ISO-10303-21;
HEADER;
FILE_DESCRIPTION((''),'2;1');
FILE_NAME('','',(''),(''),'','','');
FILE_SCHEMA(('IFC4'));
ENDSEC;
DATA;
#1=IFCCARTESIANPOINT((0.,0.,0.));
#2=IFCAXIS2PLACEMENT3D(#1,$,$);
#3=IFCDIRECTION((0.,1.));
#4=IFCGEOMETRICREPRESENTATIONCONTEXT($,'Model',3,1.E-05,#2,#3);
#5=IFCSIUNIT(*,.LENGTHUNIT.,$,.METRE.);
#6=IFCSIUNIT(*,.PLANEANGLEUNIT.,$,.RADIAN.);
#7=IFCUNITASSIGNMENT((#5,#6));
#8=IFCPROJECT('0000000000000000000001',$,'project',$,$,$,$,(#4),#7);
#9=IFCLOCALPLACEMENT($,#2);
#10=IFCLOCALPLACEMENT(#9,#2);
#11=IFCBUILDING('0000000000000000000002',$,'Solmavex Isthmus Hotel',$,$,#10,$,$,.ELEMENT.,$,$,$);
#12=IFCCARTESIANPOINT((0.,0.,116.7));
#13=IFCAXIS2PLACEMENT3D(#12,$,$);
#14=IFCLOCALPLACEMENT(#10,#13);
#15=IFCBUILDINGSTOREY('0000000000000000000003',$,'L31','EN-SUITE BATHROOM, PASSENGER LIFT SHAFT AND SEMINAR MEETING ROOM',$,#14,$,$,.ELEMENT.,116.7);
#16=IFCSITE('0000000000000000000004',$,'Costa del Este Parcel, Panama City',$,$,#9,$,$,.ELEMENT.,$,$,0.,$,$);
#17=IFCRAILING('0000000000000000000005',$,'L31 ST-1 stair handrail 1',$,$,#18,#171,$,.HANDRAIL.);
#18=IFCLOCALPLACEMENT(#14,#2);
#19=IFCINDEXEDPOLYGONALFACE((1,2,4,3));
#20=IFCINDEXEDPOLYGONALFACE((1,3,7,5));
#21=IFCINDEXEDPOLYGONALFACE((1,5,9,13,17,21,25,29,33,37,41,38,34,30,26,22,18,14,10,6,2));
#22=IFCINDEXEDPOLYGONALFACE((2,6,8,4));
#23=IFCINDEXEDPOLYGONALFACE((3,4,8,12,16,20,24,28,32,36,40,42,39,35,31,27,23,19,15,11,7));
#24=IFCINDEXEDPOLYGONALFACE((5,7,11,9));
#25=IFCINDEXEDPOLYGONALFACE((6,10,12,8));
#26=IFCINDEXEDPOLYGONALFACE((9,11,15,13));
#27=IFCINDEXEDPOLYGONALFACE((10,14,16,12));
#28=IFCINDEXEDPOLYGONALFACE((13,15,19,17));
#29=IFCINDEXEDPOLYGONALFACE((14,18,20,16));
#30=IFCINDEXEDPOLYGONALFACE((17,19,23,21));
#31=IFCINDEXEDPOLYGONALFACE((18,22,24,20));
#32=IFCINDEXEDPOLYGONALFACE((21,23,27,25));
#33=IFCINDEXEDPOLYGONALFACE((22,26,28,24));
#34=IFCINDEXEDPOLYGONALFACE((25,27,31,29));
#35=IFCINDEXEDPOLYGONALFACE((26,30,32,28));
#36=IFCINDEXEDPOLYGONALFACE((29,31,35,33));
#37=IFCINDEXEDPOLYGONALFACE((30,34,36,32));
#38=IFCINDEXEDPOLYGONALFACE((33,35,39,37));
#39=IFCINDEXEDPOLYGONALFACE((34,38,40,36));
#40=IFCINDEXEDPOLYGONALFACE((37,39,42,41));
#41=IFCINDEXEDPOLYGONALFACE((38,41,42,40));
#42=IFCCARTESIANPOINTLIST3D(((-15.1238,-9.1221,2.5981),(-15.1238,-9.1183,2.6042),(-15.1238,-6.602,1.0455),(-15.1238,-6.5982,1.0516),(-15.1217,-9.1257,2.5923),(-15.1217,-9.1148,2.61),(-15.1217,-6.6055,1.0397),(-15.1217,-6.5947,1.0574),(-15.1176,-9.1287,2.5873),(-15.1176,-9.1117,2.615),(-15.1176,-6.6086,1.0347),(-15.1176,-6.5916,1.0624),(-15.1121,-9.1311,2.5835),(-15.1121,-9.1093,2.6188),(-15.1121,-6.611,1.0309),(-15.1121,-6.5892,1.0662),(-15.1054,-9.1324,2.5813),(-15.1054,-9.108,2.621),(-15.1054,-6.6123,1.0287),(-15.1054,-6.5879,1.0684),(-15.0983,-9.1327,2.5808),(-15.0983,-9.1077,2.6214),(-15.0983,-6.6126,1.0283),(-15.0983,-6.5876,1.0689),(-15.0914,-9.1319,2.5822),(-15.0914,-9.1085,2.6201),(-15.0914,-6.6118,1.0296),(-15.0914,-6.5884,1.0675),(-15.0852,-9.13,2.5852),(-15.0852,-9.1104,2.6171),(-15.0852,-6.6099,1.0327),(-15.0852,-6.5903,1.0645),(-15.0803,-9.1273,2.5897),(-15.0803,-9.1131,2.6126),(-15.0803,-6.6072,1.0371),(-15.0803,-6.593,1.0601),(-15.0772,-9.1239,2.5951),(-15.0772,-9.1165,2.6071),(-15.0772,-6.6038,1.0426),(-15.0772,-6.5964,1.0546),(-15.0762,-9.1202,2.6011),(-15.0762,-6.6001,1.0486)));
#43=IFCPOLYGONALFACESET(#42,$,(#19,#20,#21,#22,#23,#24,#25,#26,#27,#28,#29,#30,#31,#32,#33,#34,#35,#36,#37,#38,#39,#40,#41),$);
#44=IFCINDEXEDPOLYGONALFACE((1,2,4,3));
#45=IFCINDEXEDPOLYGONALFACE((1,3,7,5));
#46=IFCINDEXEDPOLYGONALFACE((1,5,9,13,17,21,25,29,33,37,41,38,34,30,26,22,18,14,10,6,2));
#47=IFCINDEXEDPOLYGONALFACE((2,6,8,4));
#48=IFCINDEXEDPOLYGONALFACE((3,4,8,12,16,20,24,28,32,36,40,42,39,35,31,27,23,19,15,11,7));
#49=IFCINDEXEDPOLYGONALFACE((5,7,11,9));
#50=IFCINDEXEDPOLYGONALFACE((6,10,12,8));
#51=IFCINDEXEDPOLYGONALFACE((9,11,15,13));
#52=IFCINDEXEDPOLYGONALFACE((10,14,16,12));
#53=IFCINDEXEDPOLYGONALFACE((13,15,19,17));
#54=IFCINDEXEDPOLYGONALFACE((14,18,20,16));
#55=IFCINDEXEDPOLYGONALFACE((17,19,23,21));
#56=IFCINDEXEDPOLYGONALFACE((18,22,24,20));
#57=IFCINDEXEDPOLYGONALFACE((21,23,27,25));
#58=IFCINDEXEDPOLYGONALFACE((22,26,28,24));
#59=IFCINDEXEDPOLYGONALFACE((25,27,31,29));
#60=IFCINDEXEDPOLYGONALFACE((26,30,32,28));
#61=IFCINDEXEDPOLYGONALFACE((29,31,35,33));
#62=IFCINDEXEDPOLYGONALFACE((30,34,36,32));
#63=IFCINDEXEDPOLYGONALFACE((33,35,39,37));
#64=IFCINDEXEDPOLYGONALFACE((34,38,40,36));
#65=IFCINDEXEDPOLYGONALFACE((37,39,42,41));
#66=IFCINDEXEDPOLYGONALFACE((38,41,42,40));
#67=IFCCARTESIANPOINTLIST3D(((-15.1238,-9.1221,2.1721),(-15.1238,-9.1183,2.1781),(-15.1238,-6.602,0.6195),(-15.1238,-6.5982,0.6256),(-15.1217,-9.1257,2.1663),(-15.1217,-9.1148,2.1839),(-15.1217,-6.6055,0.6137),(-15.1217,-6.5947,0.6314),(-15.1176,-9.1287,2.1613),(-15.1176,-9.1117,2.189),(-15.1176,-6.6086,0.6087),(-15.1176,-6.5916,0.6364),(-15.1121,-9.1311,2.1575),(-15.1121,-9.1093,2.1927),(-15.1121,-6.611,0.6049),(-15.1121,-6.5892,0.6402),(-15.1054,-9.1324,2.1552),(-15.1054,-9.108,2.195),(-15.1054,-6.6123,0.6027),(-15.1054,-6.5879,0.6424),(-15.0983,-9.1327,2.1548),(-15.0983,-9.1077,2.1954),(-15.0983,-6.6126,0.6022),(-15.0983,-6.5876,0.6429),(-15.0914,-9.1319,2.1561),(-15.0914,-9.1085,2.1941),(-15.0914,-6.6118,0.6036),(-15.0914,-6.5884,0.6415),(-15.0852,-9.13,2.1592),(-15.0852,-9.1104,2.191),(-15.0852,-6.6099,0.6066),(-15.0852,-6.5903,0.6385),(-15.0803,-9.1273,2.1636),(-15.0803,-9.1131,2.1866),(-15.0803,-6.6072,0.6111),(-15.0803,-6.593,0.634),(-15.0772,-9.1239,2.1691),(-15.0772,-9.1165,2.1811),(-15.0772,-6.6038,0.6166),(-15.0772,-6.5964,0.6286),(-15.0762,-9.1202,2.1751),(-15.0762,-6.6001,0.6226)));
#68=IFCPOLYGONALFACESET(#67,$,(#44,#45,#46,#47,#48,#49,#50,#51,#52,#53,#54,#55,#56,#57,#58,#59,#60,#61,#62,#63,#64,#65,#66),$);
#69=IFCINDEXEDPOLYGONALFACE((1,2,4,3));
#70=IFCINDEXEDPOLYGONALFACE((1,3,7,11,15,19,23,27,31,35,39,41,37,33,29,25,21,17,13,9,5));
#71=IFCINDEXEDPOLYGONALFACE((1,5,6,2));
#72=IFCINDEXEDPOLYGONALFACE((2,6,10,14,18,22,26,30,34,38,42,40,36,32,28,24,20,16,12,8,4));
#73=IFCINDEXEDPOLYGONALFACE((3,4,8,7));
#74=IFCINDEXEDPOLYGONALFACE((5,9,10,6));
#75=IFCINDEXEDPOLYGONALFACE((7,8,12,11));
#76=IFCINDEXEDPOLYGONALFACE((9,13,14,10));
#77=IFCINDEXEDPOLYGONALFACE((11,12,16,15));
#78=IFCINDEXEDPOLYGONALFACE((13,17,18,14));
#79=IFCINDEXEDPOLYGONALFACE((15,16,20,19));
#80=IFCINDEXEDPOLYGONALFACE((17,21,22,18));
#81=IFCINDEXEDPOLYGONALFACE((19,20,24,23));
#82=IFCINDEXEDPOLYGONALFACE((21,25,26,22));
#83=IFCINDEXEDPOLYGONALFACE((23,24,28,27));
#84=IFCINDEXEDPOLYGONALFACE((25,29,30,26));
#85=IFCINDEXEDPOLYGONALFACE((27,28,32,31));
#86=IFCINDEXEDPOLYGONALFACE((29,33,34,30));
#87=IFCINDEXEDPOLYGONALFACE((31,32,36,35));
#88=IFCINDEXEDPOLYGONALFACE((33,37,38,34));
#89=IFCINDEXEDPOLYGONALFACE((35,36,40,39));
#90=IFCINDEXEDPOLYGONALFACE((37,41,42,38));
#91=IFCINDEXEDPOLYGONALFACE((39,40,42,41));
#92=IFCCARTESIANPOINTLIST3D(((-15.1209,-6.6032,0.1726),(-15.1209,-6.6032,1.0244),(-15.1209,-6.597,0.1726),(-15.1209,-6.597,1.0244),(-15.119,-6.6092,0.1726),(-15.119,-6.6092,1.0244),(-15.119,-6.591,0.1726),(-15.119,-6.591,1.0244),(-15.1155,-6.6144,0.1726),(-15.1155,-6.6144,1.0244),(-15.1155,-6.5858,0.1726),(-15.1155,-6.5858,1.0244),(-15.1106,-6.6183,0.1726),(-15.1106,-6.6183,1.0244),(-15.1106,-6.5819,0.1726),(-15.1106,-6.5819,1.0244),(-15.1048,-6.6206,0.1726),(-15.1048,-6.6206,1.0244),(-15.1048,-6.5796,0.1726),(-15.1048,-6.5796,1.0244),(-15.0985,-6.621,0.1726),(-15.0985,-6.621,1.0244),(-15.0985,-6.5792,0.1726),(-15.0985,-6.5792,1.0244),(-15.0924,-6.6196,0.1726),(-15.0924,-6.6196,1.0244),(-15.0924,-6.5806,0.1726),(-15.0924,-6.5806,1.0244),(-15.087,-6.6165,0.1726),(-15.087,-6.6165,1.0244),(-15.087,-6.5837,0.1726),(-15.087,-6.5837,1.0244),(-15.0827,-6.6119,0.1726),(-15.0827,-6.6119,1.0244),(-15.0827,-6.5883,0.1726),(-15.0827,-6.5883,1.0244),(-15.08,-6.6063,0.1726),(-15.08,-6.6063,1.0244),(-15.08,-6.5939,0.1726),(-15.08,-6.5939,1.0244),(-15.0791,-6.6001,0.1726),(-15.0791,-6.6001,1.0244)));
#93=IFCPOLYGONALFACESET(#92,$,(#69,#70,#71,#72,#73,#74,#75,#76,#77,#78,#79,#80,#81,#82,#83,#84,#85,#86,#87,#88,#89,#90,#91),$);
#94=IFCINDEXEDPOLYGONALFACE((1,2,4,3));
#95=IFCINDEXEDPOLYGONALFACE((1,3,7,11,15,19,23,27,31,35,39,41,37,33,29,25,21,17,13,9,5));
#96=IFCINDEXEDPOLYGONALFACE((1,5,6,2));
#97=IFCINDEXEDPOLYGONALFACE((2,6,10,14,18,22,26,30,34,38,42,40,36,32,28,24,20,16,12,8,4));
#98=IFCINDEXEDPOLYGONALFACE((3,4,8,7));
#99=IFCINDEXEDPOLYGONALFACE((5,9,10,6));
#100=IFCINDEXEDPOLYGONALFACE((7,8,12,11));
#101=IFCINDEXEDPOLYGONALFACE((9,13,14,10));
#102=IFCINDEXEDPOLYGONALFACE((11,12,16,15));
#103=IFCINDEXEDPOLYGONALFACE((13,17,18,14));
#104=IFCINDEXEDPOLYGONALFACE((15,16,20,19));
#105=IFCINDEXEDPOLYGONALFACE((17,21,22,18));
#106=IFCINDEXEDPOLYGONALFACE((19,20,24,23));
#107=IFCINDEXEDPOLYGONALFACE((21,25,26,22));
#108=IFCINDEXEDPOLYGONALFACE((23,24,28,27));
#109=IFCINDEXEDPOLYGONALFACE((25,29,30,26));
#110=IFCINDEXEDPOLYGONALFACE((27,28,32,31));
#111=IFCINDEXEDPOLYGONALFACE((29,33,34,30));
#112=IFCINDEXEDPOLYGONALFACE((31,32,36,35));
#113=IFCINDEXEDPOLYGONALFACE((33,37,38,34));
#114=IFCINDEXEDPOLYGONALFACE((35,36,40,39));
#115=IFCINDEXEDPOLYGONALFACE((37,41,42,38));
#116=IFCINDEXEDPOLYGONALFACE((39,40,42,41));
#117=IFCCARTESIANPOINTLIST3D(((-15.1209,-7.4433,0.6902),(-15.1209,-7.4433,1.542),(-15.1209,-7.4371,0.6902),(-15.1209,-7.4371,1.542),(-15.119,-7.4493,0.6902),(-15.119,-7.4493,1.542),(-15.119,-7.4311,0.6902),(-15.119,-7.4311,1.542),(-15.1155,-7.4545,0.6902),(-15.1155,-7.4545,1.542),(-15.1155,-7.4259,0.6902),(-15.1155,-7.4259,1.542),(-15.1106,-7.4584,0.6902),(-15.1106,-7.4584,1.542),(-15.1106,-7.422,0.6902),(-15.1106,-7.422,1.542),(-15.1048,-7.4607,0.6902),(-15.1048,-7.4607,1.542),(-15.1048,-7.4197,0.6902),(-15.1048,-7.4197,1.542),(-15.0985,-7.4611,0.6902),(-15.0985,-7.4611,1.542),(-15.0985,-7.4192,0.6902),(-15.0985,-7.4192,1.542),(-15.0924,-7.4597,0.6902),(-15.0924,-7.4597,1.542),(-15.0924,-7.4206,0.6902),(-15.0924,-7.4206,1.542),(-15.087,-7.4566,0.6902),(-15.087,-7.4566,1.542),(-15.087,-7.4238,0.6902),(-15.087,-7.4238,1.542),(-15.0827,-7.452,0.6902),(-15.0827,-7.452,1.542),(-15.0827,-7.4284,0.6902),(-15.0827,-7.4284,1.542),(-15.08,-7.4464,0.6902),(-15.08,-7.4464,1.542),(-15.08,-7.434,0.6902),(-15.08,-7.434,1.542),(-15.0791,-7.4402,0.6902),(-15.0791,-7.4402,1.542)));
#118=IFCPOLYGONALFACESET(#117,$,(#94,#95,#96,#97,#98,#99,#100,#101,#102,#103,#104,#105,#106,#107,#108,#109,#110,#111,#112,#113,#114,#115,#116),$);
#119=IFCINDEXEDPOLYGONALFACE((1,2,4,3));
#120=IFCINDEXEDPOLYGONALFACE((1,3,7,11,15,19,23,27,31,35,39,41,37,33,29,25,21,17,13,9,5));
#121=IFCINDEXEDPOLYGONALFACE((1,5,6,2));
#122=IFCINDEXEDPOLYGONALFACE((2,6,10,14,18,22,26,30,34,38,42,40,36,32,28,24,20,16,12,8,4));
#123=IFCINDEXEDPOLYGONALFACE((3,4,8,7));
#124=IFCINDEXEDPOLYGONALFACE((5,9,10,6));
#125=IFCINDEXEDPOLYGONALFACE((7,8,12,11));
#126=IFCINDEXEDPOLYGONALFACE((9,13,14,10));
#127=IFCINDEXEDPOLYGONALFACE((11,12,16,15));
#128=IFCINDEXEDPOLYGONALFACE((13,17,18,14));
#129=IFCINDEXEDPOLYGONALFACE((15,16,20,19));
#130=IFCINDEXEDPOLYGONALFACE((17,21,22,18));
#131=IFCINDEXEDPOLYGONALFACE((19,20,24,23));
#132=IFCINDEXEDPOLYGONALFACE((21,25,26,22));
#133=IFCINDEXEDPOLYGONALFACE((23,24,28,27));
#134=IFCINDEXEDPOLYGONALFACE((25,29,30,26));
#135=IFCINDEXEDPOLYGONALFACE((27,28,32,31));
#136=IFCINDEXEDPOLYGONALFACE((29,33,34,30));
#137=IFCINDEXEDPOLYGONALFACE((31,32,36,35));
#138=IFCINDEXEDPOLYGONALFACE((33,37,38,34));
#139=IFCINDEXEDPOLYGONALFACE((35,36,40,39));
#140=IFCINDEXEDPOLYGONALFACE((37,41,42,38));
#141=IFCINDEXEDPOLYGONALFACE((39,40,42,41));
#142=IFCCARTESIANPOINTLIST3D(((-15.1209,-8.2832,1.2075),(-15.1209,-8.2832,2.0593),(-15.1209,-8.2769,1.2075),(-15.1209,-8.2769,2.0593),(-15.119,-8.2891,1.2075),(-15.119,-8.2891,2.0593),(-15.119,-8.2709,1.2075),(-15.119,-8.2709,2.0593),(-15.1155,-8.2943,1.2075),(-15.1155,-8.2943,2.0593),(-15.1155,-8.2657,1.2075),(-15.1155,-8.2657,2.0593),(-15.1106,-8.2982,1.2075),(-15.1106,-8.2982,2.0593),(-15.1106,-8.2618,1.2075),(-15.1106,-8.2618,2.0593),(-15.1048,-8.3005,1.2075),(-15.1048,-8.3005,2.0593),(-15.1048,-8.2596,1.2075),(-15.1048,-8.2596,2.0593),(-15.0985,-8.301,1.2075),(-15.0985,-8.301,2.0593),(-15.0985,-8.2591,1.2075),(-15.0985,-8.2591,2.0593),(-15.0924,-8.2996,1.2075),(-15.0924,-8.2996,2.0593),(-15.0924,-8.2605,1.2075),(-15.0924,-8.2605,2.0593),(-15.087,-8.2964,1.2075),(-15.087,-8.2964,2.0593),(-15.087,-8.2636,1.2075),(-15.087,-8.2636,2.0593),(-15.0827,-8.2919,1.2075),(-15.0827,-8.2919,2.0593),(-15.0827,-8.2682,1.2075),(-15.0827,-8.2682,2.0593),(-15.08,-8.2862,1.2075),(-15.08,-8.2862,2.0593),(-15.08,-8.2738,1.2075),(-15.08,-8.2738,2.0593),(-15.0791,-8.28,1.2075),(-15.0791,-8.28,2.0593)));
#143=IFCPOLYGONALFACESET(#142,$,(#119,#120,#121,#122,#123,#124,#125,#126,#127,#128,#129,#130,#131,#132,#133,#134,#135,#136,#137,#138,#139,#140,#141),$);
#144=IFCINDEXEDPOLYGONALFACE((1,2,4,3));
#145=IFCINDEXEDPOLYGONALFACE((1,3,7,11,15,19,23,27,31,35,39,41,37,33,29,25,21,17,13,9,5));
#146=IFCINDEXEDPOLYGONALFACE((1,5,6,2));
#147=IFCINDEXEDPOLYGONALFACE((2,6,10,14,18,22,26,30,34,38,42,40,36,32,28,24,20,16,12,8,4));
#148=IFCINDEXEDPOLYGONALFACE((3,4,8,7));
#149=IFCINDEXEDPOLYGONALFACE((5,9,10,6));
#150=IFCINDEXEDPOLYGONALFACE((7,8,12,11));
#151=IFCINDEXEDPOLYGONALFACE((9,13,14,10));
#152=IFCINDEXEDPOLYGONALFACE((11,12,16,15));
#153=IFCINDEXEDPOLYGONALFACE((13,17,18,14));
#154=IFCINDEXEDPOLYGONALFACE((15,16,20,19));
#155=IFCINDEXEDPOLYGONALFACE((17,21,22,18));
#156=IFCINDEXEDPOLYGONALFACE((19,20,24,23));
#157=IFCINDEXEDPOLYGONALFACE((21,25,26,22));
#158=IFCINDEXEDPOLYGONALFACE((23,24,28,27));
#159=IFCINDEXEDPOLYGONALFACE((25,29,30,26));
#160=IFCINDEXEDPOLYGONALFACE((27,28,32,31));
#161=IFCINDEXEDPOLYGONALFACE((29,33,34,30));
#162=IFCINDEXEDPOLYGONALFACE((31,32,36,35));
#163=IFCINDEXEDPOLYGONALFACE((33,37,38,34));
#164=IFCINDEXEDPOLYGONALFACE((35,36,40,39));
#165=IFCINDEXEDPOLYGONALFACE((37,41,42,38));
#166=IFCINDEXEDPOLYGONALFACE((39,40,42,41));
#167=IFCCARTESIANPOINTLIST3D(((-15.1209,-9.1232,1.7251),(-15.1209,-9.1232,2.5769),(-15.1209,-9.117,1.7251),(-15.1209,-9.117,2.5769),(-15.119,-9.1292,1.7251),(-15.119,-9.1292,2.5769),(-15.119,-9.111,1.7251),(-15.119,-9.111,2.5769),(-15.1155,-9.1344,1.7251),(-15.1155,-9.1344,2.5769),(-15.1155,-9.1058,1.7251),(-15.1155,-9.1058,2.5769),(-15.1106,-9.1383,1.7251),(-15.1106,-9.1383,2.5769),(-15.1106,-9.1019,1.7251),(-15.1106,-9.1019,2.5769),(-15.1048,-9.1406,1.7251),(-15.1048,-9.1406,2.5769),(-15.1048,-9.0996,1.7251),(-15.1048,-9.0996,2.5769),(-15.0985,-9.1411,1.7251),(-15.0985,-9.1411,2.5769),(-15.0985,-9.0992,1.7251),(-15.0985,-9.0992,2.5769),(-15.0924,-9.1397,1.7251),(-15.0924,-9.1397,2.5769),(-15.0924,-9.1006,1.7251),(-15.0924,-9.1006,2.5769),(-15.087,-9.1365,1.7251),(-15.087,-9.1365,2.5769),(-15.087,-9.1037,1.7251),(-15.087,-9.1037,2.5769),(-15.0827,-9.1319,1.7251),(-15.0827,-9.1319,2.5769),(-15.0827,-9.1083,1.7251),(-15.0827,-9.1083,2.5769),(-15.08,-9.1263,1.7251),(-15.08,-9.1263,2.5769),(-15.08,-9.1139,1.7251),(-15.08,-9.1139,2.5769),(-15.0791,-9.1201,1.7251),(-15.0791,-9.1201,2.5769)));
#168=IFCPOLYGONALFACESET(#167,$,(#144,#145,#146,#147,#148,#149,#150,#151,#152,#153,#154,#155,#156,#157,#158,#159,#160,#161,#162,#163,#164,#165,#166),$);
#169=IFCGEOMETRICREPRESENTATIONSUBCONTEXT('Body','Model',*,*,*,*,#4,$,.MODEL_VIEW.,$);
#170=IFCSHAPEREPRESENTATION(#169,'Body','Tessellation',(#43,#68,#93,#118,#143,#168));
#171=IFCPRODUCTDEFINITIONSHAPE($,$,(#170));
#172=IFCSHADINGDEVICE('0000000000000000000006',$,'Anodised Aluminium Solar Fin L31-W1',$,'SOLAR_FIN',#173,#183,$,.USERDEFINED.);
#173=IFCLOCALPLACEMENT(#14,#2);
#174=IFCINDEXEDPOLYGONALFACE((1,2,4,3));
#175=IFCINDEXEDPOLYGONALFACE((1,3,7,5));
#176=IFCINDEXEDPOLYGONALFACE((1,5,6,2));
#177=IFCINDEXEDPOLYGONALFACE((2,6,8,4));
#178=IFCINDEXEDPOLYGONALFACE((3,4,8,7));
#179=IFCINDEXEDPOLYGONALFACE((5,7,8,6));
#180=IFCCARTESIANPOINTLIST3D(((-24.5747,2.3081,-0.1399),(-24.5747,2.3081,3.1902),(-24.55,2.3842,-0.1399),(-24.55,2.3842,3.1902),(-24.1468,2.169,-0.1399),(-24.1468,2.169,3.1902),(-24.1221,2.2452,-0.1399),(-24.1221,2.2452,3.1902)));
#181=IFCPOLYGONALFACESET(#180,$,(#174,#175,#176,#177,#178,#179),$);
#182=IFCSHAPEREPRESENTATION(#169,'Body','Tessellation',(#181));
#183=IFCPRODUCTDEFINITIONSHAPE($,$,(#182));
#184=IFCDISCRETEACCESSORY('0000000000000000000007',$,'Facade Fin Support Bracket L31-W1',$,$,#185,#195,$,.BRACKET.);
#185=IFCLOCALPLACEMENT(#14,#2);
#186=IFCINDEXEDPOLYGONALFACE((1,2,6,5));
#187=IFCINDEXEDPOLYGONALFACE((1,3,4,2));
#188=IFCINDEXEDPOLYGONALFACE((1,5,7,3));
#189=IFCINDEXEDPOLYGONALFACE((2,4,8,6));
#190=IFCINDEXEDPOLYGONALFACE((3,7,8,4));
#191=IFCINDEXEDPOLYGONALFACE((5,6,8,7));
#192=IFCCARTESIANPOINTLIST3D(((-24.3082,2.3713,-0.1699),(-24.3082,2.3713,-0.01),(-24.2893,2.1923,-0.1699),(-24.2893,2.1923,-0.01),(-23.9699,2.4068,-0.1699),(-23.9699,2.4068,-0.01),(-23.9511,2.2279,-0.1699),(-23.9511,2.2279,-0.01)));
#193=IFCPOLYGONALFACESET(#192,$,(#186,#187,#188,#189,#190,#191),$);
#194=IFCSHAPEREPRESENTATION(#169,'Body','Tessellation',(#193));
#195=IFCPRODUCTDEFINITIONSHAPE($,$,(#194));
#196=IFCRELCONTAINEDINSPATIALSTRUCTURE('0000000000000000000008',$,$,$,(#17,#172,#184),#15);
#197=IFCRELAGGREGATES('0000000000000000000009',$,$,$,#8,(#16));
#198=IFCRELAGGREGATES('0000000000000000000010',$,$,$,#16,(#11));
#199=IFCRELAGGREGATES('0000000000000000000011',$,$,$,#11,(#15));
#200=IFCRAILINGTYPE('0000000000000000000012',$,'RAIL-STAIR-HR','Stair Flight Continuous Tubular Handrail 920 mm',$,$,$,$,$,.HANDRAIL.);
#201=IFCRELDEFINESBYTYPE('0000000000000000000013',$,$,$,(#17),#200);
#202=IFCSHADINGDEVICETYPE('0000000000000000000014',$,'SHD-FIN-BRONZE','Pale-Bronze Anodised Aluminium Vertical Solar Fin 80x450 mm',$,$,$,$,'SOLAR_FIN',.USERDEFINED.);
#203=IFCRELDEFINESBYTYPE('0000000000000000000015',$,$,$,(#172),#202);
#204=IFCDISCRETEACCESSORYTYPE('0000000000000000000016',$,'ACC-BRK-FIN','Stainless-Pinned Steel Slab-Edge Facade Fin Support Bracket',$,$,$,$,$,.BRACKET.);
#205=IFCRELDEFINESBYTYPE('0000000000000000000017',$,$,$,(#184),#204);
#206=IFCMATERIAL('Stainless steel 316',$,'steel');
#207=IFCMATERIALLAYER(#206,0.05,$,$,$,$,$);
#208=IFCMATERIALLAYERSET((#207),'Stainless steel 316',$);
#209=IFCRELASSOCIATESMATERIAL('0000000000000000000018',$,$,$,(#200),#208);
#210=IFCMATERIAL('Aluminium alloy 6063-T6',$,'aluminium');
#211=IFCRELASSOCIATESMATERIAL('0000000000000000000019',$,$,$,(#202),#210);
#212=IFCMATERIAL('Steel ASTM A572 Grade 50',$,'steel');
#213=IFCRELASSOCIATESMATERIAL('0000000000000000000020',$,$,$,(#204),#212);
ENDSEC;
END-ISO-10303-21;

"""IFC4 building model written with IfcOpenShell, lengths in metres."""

from ifc_helpers import new_model, si_unit, direction, frame, origin, origin_2d, place, context, subcontext, project, spatial, rectangle, circle, extrude, material, layer, layer_set, type_object, element, save


model = new_model("IFC4")

# Units and contexts
model_context = context("Model", 3, precision=1e-05, world=origin(), true_north=direction((0.0, 1.0)))
body_context = subcontext(model_context, "Body", "Model", "MODEL_VIEW")
ifc_project = project(units=[si_unit("LENGTHUNIT", "METRE"), si_unit("PLANEANGLEUNIT", "RADIAN")], contexts=[model_context])

# Site, building, storey
site_placement = place(None, origin())
site = spatial("IfcSite", under=ifc_project, at=site_placement, Name="Costa del Este Parcel, Panama City", CompositionType="ELEMENT", RefElevation=0.0)
building_placement = place(site_placement, origin())
building = spatial("IfcBuilding", under=site, at=building_placement, Name="Solmavex Isthmus Hotel", CompositionType="ELEMENT")
storey_placement = place(building_placement, frame((0.0, 0.0, 116.7)))
storey = spatial("IfcBuildingStorey", under=building, at=storey_placement, Name="L31", Description="EN-SUITE BATHROOM, PASSENGER LIFT SHAFT AND SEMINAR MEETING ROOM", CompositionType="ELEMENT", Elevation=116.7)

# Shared definitions
ifc_material_1 = material(Name="Aluminium alloy 6063-T6", Category="aluminium")

# Railing
ifc_material_2 = material(Name="Stainless steel 316", Category="steel")
ifc_layer_1 = layer(ifc_material_2, 0.05)
ifc_layer_set_1 = layer_set([ifc_layer_1], Name="Stainless steel 316")
railing_type_1 = type_object("IfcRailingType", Name="RAIL-STAIR-HR", Description="Stair Flight Continuous Tubular Handrail 920 mm", PredefinedType="HANDRAIL", material=ifc_layer_set_1)
railing_1_placement = place(storey_placement, frame((-15.1001, -6.6001, 0.1726)))
element("IfcRailing", 1, at=railing_1_placement, inside=storey, type_object=railing_type_1, Name="L31 ST-1 stair handrail 1", PredefinedType="HANDRAIL", context=body_context, shape_type="SweptSolid", body=[
    extrude(circle(Radius=0.0239, at=origin_2d()), frame((0.0, 0.0, 0.876), z_axis=(0.0, -0.8514, 0.524516), x_axis=(1.0, 0.0, 0.0)), (0.0, 0.0, 1.0), 2.96),
    extrude(circle(Radius=0.0239, at=origin_2d()), frame((0.0, 0.0, 0.45), z_axis=(0.0, -0.8514, 0.524516), x_axis=(1.0, 0.0, 0.0)), (0.0, 0.0, 1.0), 2.96),
    extrude(circle(Radius=0.021, at=origin_2d()), origin(), (0.0, 0.0, 1.0), 0.8518),
    extrude(circle(Radius=0.021, at=origin_2d()), frame((0.0, -0.8401, 0.5176)), (0.0, 0.0, 1.0), 0.8518),
    extrude(circle(Radius=0.021, at=origin_2d()), frame((0.0, -1.6799, 1.0349)), (0.0, 0.0, 1.0), 0.8518),
    extrude(circle(Radius=0.021, at=origin_2d()), frame((0.0, -2.52, 1.5525)), (0.0, 0.0, 1.0), 0.8518),
])

# Shading device
shading_device_type = type_object("IfcShadingDeviceType", Name="SHD-FIN-BRONZE", Description="Pale-Bronze Anodised Aluminium Vertical Solar Fin 80x450 mm", ElementType="SOLAR_FIN", PredefinedType="USERDEFINED", material=ifc_material_1)
shading_device_placement = place(storey_placement, frame((-24.3484, 2.2766, -0.1399), z_axis=(0.0, 0.0, 1.0), x_axis=(-0.951057, 0.309017, 0.0)))
element("IfcShadingDevice", 2, at=shading_device_placement, inside=storey, type_object=shading_device_type, Name="Anodised Aluminium Solar Fin L31-W1", ObjectType="SOLAR_FIN", PredefinedType="USERDEFINED", context=body_context, shape_type="SweptSolid", body=[
    extrude(rectangle(XDim=0.45, YDim=0.0801, at=origin_2d()), origin(), (0.0, 0.0, 1.0), 3.3301),
])

# Discrete accessory
ifc_material_3 = material(Name="Steel ASTM A572 Grade 50", Category="steel")
discrete_accessory_type = type_object("IfcDiscreteAccessoryType", Name="ACC-BRK-FIN", Description="Stainless-Pinned Steel Slab-Edge Facade Fin Support Bracket", PredefinedType="BRACKET", material=ifc_material_3)
discrete_accessory_placement = place(storey_placement, frame((-24.1296, 2.2996, -0.1699), z_axis=(0.0, 0.0, 1.0), x_axis=(-0.994522, -0.104528, 0.0)))
element("IfcDiscreteAccessory", 3, at=discrete_accessory_placement, inside=storey, type_object=discrete_accessory_type, Name="Facade Fin Support Bracket L31-W1", PredefinedType="BRACKET", context=body_context, shape_type="SweptSolid", body=[
    extrude(rectangle(XDim=0.3401, YDim=0.1799, at=origin_2d()), origin(), (0.0, 0.0, 1.0), 0.1599),
])

save(model, "model.ifc")
